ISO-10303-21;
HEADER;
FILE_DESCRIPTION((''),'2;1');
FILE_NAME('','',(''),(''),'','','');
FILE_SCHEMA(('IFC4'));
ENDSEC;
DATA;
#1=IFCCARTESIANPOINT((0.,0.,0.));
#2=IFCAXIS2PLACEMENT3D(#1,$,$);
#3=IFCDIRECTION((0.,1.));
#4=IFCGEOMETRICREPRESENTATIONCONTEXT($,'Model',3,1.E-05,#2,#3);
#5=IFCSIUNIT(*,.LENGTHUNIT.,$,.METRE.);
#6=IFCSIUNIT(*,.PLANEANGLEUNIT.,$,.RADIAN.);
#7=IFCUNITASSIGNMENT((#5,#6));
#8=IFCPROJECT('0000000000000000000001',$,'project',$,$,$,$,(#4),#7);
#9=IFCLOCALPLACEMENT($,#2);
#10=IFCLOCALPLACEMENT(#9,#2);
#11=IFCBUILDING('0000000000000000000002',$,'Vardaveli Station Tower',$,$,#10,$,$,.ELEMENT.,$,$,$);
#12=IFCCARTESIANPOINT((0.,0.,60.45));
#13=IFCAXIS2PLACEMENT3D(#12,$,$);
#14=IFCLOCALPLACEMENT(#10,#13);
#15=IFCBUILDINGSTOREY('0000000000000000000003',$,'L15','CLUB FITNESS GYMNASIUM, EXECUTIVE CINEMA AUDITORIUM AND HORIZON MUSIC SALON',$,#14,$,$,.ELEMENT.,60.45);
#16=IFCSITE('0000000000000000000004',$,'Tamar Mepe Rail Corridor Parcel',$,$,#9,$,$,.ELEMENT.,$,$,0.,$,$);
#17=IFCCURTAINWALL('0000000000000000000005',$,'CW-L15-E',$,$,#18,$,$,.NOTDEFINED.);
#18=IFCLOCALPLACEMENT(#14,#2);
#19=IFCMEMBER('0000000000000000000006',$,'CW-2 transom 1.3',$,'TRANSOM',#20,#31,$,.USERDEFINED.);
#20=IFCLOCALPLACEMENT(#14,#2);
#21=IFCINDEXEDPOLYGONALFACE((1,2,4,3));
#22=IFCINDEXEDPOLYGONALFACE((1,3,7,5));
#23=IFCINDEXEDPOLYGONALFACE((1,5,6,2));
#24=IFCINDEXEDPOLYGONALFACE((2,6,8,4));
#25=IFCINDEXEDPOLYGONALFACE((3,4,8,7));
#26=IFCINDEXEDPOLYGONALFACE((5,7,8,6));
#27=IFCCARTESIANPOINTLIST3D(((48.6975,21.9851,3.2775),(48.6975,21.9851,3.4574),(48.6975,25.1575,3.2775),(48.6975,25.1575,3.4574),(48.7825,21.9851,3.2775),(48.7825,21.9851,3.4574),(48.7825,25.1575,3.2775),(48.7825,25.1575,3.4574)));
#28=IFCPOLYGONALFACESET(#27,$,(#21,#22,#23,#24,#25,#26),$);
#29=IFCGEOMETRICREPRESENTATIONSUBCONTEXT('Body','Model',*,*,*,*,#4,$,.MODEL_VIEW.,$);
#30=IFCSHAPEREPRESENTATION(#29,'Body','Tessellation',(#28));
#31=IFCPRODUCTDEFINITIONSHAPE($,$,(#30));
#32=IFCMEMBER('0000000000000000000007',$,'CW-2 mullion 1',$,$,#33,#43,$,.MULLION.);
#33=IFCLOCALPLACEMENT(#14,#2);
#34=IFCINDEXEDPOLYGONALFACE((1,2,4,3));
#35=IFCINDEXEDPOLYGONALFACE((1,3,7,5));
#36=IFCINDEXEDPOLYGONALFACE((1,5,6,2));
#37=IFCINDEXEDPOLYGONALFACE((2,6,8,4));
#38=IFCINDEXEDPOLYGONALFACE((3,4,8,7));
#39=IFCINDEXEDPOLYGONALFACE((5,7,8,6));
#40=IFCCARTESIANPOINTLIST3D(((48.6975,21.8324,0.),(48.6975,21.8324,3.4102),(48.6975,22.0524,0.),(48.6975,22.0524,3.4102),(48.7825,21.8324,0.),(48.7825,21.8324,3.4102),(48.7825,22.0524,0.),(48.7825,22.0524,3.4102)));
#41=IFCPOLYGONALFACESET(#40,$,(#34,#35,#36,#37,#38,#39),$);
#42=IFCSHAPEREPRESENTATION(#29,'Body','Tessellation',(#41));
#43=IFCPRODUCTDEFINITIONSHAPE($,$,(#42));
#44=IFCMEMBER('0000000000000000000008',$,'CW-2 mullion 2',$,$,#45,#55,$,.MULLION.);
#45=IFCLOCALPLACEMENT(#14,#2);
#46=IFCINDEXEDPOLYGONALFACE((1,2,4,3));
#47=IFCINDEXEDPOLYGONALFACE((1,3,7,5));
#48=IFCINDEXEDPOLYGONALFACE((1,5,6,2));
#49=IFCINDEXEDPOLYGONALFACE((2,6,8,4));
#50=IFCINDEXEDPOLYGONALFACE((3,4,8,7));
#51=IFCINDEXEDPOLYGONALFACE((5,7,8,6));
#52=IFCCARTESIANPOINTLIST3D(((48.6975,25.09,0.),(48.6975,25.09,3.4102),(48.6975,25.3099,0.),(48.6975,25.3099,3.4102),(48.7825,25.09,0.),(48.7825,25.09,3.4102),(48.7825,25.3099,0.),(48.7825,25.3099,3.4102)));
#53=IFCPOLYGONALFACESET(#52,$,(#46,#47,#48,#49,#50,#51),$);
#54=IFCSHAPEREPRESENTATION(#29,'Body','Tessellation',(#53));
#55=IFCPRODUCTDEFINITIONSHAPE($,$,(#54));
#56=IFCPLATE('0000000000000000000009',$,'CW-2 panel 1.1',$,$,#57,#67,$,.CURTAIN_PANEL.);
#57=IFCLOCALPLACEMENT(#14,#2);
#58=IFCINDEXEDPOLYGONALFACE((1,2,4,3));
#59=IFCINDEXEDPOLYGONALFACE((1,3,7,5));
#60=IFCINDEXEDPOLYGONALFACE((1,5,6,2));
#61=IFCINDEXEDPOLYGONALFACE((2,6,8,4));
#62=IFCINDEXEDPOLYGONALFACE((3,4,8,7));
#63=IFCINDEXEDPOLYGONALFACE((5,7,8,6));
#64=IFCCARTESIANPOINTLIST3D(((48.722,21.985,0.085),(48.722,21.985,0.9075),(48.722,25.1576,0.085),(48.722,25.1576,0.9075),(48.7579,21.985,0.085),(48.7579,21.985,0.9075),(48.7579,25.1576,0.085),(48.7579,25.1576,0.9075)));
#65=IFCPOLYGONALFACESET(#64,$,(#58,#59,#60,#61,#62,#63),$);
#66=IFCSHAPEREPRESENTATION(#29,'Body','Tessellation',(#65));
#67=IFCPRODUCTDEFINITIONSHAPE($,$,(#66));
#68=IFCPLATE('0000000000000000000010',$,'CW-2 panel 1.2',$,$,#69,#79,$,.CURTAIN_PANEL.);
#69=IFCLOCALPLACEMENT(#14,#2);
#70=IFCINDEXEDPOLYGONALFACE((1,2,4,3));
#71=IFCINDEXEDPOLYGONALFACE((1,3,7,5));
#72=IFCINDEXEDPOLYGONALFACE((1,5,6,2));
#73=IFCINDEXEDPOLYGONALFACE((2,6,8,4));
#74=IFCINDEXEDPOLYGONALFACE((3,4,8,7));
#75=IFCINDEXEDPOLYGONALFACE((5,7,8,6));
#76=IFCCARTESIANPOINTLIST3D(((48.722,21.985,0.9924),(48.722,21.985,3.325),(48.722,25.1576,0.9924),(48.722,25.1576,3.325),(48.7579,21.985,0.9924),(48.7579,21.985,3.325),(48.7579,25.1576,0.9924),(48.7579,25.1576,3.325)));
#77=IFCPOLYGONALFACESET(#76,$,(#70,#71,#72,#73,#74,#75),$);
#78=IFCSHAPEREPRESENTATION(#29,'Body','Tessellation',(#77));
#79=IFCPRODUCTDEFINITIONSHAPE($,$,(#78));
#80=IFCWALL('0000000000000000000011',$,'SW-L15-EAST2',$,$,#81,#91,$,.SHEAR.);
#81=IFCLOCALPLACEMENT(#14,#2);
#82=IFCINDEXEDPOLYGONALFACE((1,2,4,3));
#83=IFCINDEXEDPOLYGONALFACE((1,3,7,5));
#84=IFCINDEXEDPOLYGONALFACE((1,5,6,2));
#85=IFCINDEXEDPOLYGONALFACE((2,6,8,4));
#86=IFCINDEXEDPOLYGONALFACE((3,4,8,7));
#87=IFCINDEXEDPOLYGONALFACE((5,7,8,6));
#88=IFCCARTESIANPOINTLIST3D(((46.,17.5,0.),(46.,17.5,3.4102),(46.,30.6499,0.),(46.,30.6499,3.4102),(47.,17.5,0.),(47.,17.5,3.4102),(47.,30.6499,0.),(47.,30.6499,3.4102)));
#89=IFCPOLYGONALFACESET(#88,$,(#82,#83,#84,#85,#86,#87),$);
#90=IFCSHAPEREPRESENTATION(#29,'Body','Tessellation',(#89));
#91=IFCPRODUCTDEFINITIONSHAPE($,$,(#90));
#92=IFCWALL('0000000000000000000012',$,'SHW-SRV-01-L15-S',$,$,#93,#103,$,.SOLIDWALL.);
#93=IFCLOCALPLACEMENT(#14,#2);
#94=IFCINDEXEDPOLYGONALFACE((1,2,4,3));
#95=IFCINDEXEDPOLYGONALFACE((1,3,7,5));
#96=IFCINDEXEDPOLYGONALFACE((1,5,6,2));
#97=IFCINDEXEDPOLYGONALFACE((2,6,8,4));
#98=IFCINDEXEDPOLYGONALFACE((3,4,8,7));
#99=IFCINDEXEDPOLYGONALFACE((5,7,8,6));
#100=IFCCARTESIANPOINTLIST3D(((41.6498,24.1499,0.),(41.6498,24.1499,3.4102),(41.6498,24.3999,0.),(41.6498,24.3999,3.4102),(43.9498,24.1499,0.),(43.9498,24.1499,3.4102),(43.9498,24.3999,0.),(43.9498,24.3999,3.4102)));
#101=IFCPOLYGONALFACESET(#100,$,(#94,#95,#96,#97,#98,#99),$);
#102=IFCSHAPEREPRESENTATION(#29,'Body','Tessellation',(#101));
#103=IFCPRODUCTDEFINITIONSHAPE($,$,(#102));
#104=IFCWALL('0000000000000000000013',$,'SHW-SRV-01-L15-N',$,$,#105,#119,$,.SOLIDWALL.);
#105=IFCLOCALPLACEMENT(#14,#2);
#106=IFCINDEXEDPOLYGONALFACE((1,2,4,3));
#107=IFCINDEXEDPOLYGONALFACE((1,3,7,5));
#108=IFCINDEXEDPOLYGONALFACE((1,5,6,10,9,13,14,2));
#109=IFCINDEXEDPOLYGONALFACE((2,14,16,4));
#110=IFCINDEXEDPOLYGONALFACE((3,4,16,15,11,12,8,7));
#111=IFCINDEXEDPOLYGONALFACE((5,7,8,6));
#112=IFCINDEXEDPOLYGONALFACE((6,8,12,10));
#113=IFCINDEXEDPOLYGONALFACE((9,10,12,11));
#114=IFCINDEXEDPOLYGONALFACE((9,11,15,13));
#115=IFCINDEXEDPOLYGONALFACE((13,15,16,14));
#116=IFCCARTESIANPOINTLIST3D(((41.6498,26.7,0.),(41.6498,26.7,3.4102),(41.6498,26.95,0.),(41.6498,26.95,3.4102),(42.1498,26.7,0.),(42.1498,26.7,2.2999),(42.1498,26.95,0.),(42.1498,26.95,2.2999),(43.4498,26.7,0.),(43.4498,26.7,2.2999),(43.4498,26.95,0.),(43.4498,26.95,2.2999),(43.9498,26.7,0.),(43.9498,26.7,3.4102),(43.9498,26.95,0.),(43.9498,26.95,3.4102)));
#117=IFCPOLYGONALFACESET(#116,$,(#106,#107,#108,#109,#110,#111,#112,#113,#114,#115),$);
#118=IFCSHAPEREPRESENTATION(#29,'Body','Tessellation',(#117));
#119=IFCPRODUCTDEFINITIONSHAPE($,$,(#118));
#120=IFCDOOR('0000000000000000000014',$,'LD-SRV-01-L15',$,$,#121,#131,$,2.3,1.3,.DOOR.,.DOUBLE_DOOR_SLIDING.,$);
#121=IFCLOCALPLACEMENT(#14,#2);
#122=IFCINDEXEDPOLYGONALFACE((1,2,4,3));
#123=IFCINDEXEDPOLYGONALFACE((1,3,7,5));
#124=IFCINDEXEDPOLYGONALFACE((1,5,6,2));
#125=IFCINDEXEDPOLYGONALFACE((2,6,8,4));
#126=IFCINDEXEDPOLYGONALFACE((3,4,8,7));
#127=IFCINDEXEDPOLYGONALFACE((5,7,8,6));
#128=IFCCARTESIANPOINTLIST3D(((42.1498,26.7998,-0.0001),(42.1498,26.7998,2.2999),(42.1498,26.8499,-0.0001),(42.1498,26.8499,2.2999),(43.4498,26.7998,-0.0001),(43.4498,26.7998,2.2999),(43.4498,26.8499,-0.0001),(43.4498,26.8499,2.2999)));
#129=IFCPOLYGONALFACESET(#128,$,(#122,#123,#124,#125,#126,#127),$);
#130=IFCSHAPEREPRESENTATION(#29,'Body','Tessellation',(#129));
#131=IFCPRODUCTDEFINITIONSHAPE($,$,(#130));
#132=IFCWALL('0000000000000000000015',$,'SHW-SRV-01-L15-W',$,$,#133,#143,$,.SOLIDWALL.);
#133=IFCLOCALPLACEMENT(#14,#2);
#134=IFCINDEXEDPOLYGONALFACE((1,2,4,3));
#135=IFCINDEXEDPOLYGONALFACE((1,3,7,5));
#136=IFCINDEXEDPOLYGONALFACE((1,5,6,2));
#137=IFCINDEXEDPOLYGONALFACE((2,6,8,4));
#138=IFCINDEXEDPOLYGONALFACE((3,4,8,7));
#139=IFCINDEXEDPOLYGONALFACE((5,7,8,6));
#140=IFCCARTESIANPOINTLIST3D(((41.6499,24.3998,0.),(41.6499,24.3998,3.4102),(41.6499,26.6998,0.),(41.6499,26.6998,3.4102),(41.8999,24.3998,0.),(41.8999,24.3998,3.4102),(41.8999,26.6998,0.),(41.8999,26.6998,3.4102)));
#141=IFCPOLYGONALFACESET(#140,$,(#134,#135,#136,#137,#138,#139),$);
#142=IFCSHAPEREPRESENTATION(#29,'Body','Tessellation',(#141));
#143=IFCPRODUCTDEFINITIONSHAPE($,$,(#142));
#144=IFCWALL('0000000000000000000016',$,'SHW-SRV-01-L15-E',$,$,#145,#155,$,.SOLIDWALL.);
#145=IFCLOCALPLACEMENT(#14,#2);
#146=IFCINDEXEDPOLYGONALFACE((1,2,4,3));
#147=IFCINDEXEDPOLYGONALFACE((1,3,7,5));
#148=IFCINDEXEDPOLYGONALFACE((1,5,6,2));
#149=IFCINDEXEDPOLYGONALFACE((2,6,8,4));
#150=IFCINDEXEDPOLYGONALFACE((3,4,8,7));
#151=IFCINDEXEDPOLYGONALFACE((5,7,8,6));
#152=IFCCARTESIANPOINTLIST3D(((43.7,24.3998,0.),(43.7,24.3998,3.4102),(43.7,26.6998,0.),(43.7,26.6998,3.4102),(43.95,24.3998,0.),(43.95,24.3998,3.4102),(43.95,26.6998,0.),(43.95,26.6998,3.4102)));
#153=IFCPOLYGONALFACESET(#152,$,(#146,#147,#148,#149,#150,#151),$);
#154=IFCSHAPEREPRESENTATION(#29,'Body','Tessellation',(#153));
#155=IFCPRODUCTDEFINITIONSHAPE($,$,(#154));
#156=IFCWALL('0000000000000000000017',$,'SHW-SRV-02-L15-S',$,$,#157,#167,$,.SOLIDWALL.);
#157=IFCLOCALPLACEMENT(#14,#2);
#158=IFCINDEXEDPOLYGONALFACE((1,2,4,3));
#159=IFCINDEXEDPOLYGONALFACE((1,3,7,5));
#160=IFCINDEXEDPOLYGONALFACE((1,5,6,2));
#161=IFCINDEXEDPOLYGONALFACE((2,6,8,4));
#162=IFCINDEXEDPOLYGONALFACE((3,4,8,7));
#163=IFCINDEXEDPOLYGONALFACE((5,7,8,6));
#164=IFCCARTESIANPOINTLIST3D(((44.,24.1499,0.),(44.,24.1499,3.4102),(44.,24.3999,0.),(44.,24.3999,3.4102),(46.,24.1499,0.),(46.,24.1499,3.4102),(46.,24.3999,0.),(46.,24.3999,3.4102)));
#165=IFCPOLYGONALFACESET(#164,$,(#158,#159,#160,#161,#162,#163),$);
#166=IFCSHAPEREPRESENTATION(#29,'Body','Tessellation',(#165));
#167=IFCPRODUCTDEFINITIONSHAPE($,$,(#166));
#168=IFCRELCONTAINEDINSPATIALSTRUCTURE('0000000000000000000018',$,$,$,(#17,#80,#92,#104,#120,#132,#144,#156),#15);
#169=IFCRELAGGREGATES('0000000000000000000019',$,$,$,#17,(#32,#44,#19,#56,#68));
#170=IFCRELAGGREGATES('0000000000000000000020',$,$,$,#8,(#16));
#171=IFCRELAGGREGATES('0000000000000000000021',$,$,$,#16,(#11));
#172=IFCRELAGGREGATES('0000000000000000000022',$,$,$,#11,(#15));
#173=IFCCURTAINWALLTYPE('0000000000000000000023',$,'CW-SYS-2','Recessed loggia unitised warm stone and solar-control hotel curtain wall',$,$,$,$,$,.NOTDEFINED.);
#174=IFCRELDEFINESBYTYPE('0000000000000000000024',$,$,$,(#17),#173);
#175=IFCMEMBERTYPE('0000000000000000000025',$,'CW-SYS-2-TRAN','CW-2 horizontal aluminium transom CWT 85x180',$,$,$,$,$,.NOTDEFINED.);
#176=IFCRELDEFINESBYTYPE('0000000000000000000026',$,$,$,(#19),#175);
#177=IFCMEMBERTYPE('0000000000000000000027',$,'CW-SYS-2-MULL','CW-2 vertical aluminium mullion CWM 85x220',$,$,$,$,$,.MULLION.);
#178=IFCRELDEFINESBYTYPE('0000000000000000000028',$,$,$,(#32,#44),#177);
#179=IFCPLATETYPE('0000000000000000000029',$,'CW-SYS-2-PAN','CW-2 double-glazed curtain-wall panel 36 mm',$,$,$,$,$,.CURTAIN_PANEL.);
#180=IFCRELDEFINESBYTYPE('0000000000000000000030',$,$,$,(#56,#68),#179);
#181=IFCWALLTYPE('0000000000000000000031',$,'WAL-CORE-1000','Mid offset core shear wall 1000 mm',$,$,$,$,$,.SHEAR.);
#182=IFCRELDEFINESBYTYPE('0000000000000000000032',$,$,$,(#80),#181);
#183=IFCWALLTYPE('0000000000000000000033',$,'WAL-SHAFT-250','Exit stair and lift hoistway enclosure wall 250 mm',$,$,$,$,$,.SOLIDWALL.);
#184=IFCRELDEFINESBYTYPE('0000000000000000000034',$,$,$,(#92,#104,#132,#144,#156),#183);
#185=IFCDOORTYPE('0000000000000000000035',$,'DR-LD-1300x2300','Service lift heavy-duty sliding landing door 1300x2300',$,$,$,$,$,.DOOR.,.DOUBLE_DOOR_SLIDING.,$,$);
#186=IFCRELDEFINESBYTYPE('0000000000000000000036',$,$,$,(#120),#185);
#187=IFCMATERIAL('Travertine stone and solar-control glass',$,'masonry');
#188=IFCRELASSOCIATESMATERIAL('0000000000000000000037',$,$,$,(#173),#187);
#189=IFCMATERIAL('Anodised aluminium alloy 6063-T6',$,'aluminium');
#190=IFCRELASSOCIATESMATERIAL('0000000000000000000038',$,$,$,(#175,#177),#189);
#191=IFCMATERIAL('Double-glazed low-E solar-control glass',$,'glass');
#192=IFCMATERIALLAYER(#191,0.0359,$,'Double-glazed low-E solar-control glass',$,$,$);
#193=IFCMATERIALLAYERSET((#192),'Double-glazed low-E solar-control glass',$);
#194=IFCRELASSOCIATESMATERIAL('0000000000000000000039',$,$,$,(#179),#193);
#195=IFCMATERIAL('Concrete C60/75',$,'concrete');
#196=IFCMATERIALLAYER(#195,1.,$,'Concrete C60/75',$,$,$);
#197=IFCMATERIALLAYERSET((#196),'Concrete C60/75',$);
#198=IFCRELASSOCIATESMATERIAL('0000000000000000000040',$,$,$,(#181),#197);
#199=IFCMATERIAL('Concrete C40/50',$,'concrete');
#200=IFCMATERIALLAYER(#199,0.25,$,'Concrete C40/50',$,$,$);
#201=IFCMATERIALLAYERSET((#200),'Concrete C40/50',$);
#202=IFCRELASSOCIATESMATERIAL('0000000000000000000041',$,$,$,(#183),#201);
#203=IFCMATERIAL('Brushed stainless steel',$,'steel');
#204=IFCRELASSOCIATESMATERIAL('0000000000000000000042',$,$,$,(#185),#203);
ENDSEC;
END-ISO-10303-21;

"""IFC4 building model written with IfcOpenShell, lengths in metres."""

from ifc_helpers import new_model, si_unit, direction, frame, frame_2d, origin, origin_2d, place, context, subcontext, project, spatial, rectangle, extrude, source, transform, mapped, material, layer, layer_set, material_profile, profile_set, type_object, element, fill, aggregate, save


model = new_model("IFC4")

# Units and contexts
model_context = context("Model", 3, precision=1e-05, world=origin(), true_north=direction((0.0, 1.0)))
body_context = subcontext(model_context, "Body", "Model", "MODEL_VIEW")
ifc_project = project(units=[si_unit("LENGTHUNIT", "METRE"), si_unit("PLANEANGLEUNIT", "RADIAN")], contexts=[model_context])

# Site, building, storey
site_placement = place(None, origin())
site = spatial("IfcSite", under=ifc_project, at=site_placement, Name="Tamar Mepe Rail Corridor Parcel", CompositionType="ELEMENT", RefElevation=0.0)
building_placement = place(site_placement, origin())
building = spatial("IfcBuilding", under=site, at=building_placement, Name="Vardaveli Station Tower", CompositionType="ELEMENT")
storey_placement = place(building_placement, frame((0.0, 0.0, 60.45)))
storey = spatial("IfcBuildingStorey", under=building, at=storey_placement, Name="L15", Description="CLUB FITNESS GYMNASIUM, EXECUTIVE CINEMA AUDITORIUM AND HORIZON MUSIC SALON", CompositionType="ELEMENT", Elevation=60.45)

# Curtain wall, members, plates
ifc_material_1 = material(Name="Travertine stone and solar-control glass", Category="masonry")
curtain_wall_type = type_object("IfcCurtainWallType", Name="CW-SYS-2", Description="Recessed loggia unitised warm stone and solar-control hotel curtain wall", PredefinedType="NOTDEFINED", material=ifc_material_1)
curtain_wall_placement = place(storey_placement, origin())
curtain_wall = element("IfcCurtainWall", 1, at=curtain_wall_placement, inside=storey, type_object=curtain_wall_type, Name="CW-L15-E", PredefinedType="NOTDEFINED")
ifc_material_2 = material(Name="Anodised aluminium alloy 6063-T6", Category="aluminium")
ifc_material_profile_1 = material_profile(ifc_material_2, rectangle(XDim=0.085, YDim=0.1799, at=origin_2d()), Name="CWT 85x180")
ifc_profile_set_1 = profile_set([ifc_material_profile_1], Name="Anodised aluminium alloy 6063-T6")
member_type_1 = type_object("IfcMemberType", Name="CW-SYS-2-TRAN", Description="CW-2 horizontal aluminium transom CWT 85x180", PredefinedType="NOTDEFINED", material=ifc_profile_set_1)
shared_shape_1 = source(origin(), body_context, "Body", "SweptSolid", [
    extrude(rectangle(XDim=0.085, YDim=0.1799, at=origin_2d()), origin(), (0.0, 0.0, 1.0), 3.1724),
])
member_1_placement = place(storey_placement, frame((48.74, 21.9851, 3.3674), z_axis=(0.0, 1.0, 0.0), x_axis=(-1.0, 0.0, 0.0)))
member_1 = element("IfcMember", 2, at=member_1_placement, type_object=member_type_1, Name="CW-2 transom 1.3", ObjectType="TRANSOM", PredefinedType="USERDEFINED", context=body_context, shape_type="MappedRepresentation", body=[
    mapped(shared_shape_1, transform((0.0, 0.0, 0.0), scale=1.0)),
])
ifc_material_profile_2 = material_profile(ifc_material_2, rectangle(XDim=0.085, YDim=0.22, at=origin_2d()), Name="CWM 85x220")
ifc_profile_set_2 = profile_set([ifc_material_profile_2], Name="Anodised aluminium alloy 6063-T6")
member_type_2 = type_object("IfcMemberType", Name="CW-SYS-2-MULL", Description="CW-2 vertical aluminium mullion CWM 85x220", PredefinedType="MULLION", material=ifc_profile_set_2)
shared_shape_2 = source(origin(), body_context, "Body", "SweptSolid", [
    extrude(rectangle(XDim=0.085, YDim=0.22, at=origin_2d()), origin(), (0.0, 0.0, 1.0), 3.4102),
])
member_2_placement = place(storey_placement, frame((48.74, 21.9424, 0.0), z_axis=(0.0, 0.0, 1.0), x_axis=(-1.0, 0.0, 0.0)))
member_2 = element("IfcMember", 3, at=member_2_placement, type_object=member_type_2, Name="CW-2 mullion 1", PredefinedType="MULLION", context=body_context, shape_type="MappedRepresentation", body=[
    mapped(shared_shape_2, transform((0.0, 0.0, 0.0), scale=1.0)),
])
member_3_placement = place(storey_placement, frame((48.74, 25.2, 0.0), z_axis=(0.0, 0.0, 1.0), x_axis=(-1.0, 0.0, 0.0)))
member_3 = element("IfcMember", 4, at=member_3_placement, type_object=member_type_2, Name="CW-2 mullion 2", PredefinedType="MULLION", context=body_context, shape_type="MappedRepresentation", body=[
    mapped(shared_shape_2, transform((0.0, 0.0, 0.0), scale=1.0)),
])
ifc_material_3 = material(Name="Double-glazed low-E solar-control glass", Category="glass")
ifc_layer_1 = layer(ifc_material_3, 0.0359, Name="Double-glazed low-E solar-control glass")
ifc_layer_set_1 = layer_set([ifc_layer_1], Name="Double-glazed low-E solar-control glass")
plate_type = type_object("IfcPlateType", Name="CW-SYS-2-PAN", Description="CW-2 double-glazed curtain-wall panel 36 mm", PredefinedType="CURTAIN_PANEL", material=ifc_layer_set_1)
shared_shape_3 = source(origin(), body_context, "Body", "SweptSolid", [
    extrude(rectangle(XDim=3.1726, YDim=0.0359, at=origin_2d()), origin(), (0.0, 0.0, 1.0), 0.8225),
])
plate_1_placement = place(storey_placement, frame((48.74, 23.5713, 0.085), z_axis=(0.0, 0.0, 1.0), x_axis=(0.0, 1.0, 0.0)))
plate_1 = element("IfcPlate", 5, at=plate_1_placement, type_object=plate_type, Name="CW-2 panel 1.1", PredefinedType="CURTAIN_PANEL", context=body_context, shape_type="MappedRepresentation", body=[
    mapped(shared_shape_3, transform((0.0, 0.0, 0.0), scale=1.0)),
])
shared_shape_4 = source(origin(), body_context, "Body", "SweptSolid", [
    extrude(rectangle(XDim=3.1726, YDim=0.0359, at=origin_2d()), origin(), (0.0, 0.0, 1.0), 2.3325),
])
plate_2_placement = place(storey_placement, frame((48.74, 23.5713, 0.9924), z_axis=(0.0, 0.0, 1.0), x_axis=(0.0, 1.0, 0.0)))
plate_2 = element("IfcPlate", 6, at=plate_2_placement, type_object=plate_type, Name="CW-2 panel 1.2", PredefinedType="CURTAIN_PANEL", context=body_context, shape_type="MappedRepresentation", body=[
    mapped(shared_shape_4, transform((0.0, 0.0, 0.0), scale=1.0)),
])
aggregate(curtain_wall, [member_2, member_3, member_1, plate_1, plate_2])

# Walls
ifc_material_4 = material(Name="Concrete C60/75", Category="concrete")
ifc_layer_2 = layer(ifc_material_4, 1.0, Name="Concrete C60/75")
ifc_layer_set_2 = layer_set([ifc_layer_2], Name="Concrete C60/75")
wall_type_1 = type_object("IfcWallType", Name="WAL-CORE-1000", Description="Mid offset core shear wall 1000 mm", PredefinedType="SHEAR", material=ifc_layer_set_2)
shared_shape_5 = source(origin(), body_context, "Body", "SweptSolid", [
    extrude(rectangle(XDim=13.1499, YDim=1.0, at=frame_2d((6.575, 0.0))), origin(), (0.0, 0.0, 1.0), 3.4102),
])
wall_1_placement = place(storey_placement, frame((46.5, 17.5, 0.0), z_axis=(0.0, 0.0, 1.0), x_axis=(0.0, 1.0, 0.0)))
element("IfcWall", 7, at=wall_1_placement, inside=storey, type_object=wall_type_1, Name="SW-L15-EAST2", PredefinedType="SHEAR", context=body_context, shape_type="MappedRepresentation", body=[
    mapped(shared_shape_5, transform((0.0, 0.0, 0.0), scale=1.0)),
])
ifc_material_5 = material(Name="Concrete C40/50", Category="concrete")
ifc_layer_3 = layer(ifc_material_5, 0.25, Name="Concrete C40/50")
ifc_layer_set_3 = layer_set([ifc_layer_3], Name="Concrete C40/50")
wall_type_2 = type_object("IfcWallType", Name="WAL-SHAFT-250", Description="Exit stair and lift hoistway enclosure wall 250 mm", PredefinedType="SOLIDWALL", material=ifc_layer_set_3)
shared_shape_6 = source(origin(), body_context, "Body", "SweptSolid", [
    extrude(rectangle(XDim=2.3, YDim=0.25, at=frame_2d((1.1499, 0.0))), origin(), (0.0, 0.0, 1.0), 3.4102),
])
wall_2_placement = place(storey_placement, frame((41.6499, 24.2749, 0.0), z_axis=(0.0, 0.0, 1.0), x_axis=(1.0, 0.0, 0.0)))
element("IfcWall", 8, at=wall_2_placement, inside=storey, type_object=wall_type_2, Name="SHW-SRV-01-L15-S", PredefinedType="SOLIDWALL", context=body_context, shape_type="MappedRepresentation", body=[
    mapped(shared_shape_6, transform((0.0, 0.0, 0.0), scale=1.0)),
])

# Wall, opening, door
wall_3_placement = place(storey_placement, frame((41.6499, 26.825, 0.0), z_axis=(0.0, 0.0, 1.0), x_axis=(1.0, 0.0, 0.0)))
wall_3 = element("IfcWall", 9, at=wall_3_placement, inside=storey, type_object=wall_type_2, Name="SHW-SRV-01-L15-N", PredefinedType="SOLIDWALL", context=body_context, shape_type="MappedRepresentation", body=[
    mapped(shared_shape_6, transform((0.0, 0.0, 0.0), scale=1.0)),
])
shared_shape_7 = source(origin(), body_context, "Body", "SweptSolid", [
    extrude(rectangle(XDim=1.3, YDim=2.3, at=frame_2d((0.6499, 1.1499))), frame((0.0, 0.135, 0.0), z_axis=(0.0, -1.0, 0.0), x_axis=(1.0, 0.0, 0.0)), (0.0, 0.0, 1.0), 0.27),
])
opening_placement = place(wall_3_placement, frame((0.5, 0.0, 0.0)))
opening = element("IfcOpeningElement", 10, at=opening_placement, cuts=wall_3, PredefinedType="OPENING", context=body_context, shape_type="MappedRepresentation", body=[
    mapped(shared_shape_7, transform((0.0, 0.0, 0.0), scale=1.0)),
])
ifc_material_6 = material(Name="Brushed stainless steel", Category="steel")
door_type = type_object("IfcDoorType", Name="DR-LD-1300x2300", Description="Service lift heavy-duty sliding landing door 1300x2300", OperationType="DOUBLE_DOOR_SLIDING", PredefinedType="DOOR", material=ifc_material_6)
shared_shape_8 = source(origin(), body_context, "Body", "SweptSolid", [
    extrude(rectangle(XDim=1.3, YDim=2.3, at=frame_2d((0.6499, 1.1499))), frame((0.0, 0.0249, 0.0), z_axis=(0.0, -1.0, 0.0), x_axis=(1.0, 0.0, 0.0)), (0.0, 0.0, 1.0), 0.05),
])
door_placement = place(opening_placement, origin())
door = element("IfcDoor", 11, at=door_placement, inside=storey, type_object=door_type, Name="LD-SRV-01-L15", OperationType="DOUBLE_DOOR_SLIDING", OverallHeight=2.3, OverallWidth=1.3, PredefinedType="DOOR", context=body_context, shape_type="MappedRepresentation", body=[
    mapped(shared_shape_8, transform((0.0, 0.0, 0.0), scale=1.0)),
])
fill(opening, door)

# Walls
for number, where, z_axis, x_axis, name in (
    (12, (41.7749, 24.3999, 0.0), (0.0, 0.0, 1.0), (0.0, 1.0, 0.0), "SHW-SRV-01-L15-W"),
    (13, (43.825, 24.3999, 0.0), (0.0, 0.0, 1.0), (0.0, 1.0, 0.0), "SHW-SRV-01-L15-E"),
):
    element("IfcWall", number, at=place(storey_placement, frame(where, z_axis=z_axis, x_axis=x_axis)), inside=storey, type_object=wall_type_2, Name=name, PredefinedType="SOLIDWALL", context=body_context, shape_type="MappedRepresentation", body=[
        mapped(shared_shape_6, transform((0.0, 0.0, 0.0), scale=1.0)),
    ])
shared_shape_9 = source(origin(), body_context, "Body", "SweptSolid", [
    extrude(rectangle(XDim=2.0, YDim=0.25, at=frame_2d((1.0, 0.0))), origin(), (0.0, 0.0, 1.0), 3.4102),
])
wall_4_placement = place(storey_placement, frame((44.0, 24.2749, 0.0), z_axis=(0.0, 0.0, 1.0), x_axis=(1.0, 0.0, 0.0)))
element("IfcWall", 14, at=wall_4_placement, inside=storey, type_object=wall_type_2, Name="SHW-SRV-02-L15-S", PredefinedType="SOLIDWALL", context=body_context, shape_type="MappedRepresentation", body=[
    mapped(shared_shape_9, transform((0.0, 0.0, 0.0), scale=1.0)),
])

save(model, "model.ifc")
